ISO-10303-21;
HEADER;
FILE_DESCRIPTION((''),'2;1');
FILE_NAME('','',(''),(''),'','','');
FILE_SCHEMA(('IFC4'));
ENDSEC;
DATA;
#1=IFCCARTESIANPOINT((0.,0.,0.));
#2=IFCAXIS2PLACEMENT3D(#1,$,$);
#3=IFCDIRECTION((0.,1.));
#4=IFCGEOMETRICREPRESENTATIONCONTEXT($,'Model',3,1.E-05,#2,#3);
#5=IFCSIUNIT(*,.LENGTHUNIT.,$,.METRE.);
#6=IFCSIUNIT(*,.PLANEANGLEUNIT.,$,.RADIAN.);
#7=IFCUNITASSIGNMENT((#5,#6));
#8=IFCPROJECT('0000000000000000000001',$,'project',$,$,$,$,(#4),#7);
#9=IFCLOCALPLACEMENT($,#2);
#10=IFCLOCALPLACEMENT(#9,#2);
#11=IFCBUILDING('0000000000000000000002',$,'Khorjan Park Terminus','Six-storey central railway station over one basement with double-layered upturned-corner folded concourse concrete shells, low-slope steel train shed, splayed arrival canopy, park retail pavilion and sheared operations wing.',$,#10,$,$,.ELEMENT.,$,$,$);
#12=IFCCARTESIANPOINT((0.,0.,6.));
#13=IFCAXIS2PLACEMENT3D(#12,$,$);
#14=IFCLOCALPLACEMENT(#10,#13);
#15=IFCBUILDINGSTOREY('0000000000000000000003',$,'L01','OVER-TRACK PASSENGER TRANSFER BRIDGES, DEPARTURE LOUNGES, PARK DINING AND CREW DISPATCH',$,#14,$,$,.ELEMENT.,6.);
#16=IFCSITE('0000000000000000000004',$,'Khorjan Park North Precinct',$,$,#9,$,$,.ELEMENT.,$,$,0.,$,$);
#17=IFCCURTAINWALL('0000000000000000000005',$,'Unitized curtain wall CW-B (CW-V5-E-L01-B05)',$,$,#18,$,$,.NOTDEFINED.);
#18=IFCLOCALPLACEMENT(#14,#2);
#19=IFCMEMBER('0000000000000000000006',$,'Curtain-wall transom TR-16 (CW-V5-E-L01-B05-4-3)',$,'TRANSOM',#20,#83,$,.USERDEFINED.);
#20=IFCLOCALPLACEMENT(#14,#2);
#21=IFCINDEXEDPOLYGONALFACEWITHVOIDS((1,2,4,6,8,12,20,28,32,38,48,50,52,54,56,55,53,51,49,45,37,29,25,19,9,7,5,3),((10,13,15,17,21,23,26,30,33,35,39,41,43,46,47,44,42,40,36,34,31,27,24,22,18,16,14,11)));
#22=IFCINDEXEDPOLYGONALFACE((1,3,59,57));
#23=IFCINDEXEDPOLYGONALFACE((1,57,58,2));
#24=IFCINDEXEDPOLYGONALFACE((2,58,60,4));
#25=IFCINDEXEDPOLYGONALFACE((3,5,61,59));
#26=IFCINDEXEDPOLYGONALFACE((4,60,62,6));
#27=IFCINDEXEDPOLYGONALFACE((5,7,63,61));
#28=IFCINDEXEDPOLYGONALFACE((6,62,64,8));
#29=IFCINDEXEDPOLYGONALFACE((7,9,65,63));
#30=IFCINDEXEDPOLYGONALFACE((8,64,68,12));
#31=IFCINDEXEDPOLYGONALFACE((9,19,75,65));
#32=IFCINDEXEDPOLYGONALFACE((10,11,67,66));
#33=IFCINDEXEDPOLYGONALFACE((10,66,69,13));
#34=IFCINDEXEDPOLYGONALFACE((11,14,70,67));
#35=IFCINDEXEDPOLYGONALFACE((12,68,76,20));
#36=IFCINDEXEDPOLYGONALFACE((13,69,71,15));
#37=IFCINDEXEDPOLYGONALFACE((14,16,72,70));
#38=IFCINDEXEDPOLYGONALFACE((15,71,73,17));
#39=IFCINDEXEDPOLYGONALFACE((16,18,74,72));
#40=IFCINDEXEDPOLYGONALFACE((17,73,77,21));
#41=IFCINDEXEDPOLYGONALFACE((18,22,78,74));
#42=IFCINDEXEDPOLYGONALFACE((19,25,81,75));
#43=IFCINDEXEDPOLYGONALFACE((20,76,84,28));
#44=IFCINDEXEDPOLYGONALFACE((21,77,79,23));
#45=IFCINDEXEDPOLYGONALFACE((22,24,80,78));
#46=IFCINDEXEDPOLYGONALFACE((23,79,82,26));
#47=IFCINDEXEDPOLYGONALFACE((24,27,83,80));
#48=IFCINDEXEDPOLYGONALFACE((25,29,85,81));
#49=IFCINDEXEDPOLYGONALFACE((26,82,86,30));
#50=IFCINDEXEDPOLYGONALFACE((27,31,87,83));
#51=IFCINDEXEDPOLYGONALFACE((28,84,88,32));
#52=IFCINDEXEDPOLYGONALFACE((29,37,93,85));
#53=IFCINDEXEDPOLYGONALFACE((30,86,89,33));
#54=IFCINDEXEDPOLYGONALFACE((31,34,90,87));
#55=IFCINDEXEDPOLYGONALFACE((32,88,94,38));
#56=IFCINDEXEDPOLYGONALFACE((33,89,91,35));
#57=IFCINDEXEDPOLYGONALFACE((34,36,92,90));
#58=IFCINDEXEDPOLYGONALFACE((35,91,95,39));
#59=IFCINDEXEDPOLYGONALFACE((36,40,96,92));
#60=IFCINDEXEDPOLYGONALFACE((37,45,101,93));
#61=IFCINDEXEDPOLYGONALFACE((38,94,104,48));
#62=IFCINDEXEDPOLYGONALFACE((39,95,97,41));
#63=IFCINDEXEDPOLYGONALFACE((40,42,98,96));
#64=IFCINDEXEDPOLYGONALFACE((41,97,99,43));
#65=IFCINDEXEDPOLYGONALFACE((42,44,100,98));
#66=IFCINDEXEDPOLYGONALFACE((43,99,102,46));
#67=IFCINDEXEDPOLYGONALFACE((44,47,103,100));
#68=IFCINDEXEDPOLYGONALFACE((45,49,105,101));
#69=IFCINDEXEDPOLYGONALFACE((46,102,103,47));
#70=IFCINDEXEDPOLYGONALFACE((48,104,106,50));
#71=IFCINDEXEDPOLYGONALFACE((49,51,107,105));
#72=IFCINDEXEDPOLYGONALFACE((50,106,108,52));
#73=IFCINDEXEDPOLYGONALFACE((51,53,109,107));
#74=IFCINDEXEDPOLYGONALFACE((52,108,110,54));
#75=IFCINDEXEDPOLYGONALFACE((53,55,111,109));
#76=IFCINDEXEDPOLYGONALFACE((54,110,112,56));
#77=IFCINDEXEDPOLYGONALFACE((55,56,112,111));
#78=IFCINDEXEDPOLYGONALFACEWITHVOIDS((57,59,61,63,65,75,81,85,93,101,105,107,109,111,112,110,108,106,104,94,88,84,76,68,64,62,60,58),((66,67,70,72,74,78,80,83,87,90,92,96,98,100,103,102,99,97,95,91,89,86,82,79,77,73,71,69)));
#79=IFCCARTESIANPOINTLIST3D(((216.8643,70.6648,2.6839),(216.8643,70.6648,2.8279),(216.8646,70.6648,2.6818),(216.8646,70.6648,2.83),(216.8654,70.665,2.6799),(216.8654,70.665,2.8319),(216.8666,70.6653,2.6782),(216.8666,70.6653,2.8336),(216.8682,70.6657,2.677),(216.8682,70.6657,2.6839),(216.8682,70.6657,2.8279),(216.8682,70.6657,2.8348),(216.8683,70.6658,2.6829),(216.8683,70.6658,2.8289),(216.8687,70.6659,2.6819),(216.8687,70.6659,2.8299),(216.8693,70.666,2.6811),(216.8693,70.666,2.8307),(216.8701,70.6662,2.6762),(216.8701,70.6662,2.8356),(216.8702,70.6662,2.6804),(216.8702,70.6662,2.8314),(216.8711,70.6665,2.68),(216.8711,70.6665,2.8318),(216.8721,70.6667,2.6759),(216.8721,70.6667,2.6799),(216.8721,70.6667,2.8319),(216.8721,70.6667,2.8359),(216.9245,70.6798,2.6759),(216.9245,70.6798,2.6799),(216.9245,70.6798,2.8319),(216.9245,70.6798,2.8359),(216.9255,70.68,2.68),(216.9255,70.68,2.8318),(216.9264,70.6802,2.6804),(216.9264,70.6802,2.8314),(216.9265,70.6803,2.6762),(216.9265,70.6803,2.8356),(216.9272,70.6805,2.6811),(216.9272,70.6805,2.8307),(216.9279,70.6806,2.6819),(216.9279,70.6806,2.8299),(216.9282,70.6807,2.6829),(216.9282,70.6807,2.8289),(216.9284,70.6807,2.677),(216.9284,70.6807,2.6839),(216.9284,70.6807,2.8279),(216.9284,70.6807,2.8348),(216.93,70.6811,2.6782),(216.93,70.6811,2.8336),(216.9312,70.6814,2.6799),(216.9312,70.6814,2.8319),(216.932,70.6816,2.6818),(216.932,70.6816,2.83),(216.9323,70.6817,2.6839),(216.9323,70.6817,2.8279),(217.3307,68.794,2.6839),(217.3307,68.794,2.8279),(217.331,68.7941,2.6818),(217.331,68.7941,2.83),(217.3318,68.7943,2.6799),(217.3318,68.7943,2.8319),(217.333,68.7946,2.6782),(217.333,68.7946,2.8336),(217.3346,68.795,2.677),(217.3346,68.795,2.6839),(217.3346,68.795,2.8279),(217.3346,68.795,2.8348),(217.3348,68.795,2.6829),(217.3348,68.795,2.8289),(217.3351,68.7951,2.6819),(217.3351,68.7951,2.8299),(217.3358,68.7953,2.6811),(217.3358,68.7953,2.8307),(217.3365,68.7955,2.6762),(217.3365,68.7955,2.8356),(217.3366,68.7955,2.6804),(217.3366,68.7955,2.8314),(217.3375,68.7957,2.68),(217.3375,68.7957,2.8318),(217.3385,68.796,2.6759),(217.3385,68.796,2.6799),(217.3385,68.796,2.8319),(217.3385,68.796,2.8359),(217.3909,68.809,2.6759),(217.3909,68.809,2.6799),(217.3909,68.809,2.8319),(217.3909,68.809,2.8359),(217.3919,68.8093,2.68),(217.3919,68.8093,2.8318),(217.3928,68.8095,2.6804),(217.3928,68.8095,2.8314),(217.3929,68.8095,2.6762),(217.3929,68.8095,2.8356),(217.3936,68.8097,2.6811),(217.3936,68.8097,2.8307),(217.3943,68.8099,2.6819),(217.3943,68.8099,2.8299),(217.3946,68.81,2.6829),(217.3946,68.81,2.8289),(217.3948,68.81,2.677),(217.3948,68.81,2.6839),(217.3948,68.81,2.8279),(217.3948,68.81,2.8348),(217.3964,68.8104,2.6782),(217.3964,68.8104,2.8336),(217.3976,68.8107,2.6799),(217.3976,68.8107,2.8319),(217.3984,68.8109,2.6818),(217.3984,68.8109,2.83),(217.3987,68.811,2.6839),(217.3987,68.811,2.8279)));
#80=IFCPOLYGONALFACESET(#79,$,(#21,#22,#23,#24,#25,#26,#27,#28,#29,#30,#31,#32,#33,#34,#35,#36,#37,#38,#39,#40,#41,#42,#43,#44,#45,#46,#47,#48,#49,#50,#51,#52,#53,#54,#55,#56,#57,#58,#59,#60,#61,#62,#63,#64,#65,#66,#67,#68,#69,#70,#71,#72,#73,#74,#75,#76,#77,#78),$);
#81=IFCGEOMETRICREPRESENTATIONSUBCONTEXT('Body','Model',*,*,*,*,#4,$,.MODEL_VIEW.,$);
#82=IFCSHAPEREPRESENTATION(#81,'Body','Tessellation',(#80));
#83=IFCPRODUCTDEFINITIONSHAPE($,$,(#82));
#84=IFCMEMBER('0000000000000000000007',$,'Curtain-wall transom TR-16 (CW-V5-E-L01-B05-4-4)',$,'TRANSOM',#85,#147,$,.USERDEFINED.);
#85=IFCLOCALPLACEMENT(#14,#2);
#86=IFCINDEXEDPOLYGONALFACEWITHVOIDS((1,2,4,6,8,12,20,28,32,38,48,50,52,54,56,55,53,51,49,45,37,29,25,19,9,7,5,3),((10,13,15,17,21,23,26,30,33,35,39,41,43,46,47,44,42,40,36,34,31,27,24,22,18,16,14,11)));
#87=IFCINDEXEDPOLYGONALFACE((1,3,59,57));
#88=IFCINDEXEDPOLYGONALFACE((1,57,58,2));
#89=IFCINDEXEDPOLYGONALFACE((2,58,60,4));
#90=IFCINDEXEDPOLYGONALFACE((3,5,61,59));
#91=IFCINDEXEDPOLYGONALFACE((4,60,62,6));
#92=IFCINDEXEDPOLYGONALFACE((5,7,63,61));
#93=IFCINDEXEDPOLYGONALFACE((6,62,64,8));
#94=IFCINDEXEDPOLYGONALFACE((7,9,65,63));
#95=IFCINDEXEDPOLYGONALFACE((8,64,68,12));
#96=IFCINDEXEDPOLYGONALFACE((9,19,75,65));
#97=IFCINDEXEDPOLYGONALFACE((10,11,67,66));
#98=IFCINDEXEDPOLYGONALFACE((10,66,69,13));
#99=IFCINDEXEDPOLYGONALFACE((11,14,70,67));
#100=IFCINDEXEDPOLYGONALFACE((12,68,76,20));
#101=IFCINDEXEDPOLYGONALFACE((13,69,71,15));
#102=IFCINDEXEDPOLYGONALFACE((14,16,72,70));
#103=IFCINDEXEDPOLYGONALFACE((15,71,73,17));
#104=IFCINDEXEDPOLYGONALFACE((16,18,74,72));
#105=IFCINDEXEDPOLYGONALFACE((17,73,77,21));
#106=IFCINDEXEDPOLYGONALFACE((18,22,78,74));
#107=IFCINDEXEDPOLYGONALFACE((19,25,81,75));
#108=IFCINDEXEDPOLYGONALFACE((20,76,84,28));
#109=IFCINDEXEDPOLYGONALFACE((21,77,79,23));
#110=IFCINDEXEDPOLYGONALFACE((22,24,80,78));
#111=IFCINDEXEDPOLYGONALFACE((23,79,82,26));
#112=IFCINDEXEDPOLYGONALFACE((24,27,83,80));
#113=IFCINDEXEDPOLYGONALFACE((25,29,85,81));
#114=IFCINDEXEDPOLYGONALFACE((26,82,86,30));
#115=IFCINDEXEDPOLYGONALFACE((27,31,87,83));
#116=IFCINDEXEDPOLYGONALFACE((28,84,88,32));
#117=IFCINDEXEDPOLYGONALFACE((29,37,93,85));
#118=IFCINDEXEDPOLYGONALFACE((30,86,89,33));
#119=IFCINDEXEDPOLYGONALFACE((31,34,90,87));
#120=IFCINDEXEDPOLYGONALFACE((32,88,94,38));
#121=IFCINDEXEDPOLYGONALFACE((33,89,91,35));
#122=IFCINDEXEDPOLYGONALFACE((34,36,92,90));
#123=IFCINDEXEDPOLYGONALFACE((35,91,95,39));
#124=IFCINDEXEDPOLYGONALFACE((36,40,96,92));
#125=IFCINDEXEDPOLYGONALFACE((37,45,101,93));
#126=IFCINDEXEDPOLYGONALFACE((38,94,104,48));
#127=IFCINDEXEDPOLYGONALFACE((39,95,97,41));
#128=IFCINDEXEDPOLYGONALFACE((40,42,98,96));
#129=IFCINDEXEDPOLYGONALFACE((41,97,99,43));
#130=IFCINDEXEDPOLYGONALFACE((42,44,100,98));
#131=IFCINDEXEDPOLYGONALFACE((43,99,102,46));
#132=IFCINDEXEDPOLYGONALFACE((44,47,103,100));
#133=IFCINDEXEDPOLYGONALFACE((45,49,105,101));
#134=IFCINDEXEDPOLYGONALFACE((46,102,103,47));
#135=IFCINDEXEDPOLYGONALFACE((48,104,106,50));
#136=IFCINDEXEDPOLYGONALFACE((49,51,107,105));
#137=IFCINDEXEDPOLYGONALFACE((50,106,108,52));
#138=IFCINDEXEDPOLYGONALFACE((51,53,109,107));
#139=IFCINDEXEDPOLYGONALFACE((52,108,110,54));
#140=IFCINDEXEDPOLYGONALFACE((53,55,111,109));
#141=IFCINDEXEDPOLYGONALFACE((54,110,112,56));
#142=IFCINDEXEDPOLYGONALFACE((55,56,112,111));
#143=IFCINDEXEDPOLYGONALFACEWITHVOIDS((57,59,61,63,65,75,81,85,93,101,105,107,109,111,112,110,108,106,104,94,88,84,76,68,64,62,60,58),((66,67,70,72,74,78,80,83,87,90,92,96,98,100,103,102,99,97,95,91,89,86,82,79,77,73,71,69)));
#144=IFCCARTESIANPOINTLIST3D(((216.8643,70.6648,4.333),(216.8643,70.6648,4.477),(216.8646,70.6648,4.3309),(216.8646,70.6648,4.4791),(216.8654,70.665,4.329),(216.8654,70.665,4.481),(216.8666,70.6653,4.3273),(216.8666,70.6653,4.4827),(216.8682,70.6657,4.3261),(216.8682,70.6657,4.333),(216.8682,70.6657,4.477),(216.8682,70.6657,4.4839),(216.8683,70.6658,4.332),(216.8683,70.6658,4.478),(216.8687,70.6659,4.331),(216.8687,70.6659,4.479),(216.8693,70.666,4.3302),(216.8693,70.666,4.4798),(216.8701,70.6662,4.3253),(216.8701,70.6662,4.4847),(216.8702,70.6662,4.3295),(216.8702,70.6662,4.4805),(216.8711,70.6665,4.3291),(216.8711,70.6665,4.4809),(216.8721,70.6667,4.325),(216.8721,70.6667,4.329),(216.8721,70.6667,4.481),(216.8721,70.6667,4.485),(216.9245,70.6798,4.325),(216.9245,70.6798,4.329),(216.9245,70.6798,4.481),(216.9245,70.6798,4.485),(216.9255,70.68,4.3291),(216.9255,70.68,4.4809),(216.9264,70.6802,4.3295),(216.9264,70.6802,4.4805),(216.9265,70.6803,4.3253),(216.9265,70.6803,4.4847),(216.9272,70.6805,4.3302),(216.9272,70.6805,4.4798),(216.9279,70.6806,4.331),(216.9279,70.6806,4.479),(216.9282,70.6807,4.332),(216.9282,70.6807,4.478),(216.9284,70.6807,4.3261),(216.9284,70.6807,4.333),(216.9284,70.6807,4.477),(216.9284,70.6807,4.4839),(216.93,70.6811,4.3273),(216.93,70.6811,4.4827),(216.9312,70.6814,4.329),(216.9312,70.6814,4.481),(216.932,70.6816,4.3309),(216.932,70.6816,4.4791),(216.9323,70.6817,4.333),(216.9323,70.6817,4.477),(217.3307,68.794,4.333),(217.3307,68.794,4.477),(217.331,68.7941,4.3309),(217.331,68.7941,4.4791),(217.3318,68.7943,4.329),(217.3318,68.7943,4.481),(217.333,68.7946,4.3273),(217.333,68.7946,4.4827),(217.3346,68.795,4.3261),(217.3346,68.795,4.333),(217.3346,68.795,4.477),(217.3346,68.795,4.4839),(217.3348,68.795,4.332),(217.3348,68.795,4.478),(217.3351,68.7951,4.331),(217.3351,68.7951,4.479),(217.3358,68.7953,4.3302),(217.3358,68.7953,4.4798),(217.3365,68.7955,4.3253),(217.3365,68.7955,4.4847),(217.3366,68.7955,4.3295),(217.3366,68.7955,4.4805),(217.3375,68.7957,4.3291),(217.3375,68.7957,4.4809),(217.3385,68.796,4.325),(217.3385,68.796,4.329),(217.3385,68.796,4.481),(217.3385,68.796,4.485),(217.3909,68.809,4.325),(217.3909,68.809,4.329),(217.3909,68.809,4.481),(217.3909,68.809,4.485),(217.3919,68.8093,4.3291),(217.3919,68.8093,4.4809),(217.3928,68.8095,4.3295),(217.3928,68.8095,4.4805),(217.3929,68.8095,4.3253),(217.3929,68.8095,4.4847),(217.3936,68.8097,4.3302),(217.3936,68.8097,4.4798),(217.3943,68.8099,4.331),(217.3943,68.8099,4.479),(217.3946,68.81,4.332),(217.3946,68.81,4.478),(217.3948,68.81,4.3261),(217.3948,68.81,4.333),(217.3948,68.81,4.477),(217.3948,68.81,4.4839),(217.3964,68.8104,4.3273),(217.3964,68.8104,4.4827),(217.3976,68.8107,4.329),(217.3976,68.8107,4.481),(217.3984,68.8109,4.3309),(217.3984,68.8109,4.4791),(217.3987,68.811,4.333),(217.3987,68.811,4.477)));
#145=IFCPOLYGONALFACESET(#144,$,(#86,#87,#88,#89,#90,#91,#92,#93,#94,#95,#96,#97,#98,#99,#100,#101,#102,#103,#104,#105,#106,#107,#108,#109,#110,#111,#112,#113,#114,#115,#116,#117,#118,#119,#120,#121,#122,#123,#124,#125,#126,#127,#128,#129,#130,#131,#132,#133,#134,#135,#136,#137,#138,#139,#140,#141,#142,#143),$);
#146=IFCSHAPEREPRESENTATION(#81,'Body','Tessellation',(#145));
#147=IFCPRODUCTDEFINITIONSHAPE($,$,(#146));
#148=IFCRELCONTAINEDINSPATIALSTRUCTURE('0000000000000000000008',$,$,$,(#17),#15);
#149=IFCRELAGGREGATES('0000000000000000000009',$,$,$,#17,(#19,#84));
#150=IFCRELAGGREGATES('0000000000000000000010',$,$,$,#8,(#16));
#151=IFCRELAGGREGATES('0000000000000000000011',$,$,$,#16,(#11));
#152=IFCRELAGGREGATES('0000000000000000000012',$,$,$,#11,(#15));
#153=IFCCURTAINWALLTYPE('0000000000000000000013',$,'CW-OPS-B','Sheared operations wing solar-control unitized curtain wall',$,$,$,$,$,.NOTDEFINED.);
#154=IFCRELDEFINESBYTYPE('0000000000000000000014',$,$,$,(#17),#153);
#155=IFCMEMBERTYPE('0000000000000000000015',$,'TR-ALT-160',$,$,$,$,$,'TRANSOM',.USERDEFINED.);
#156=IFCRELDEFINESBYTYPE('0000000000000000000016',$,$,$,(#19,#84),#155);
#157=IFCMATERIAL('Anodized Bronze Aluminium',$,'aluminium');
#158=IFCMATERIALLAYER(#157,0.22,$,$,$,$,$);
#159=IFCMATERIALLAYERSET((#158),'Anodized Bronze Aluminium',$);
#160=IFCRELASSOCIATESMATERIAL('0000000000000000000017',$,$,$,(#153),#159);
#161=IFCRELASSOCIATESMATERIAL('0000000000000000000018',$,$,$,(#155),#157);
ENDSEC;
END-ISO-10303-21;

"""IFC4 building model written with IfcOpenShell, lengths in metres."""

from ifc_helpers import new_model, si_unit, direction, frame, origin, origin_2d, place, context, subcontext, project, spatial, hollow_rectangle, extrude, material, layer, layer_set, material_profile, profile_set, type_object, element, aggregate, save


model = new_model("IFC4")

# Units and contexts
model_context = context("Model", 3, precision=1e-05, world=origin(), true_north=direction((0.0, 1.0)))
body_context = subcontext(model_context, "Body", "Model", "MODEL_VIEW")
ifc_project = project(units=[si_unit("LENGTHUNIT", "METRE"), si_unit("PLANEANGLEUNIT", "RADIAN")], contexts=[model_context])

# Site, building, storey
site_placement = place(None, origin())
site = spatial("IfcSite", under=ifc_project, at=site_placement, Name="Khorjan Park North Precinct", CompositionType="ELEMENT", RefElevation=0.0)
building_placement = place(site_placement, origin())
building = spatial("IfcBuilding", under=site, at=building_placement, Name="Khorjan Park Terminus", Description="Six-storey central railway station over one basement with double-layered upturned-corner folded concourse concrete shells, low-slope steel train shed, splayed arrival canopy, park retail pavilion and sheared operations wing.", CompositionType="ELEMENT")
storey_placement = place(building_placement, frame((0.0, 0.0, 6.0)))
storey = spatial("IfcBuildingStorey", under=building, at=storey_placement, Name="L01", Description="OVER-TRACK PASSENGER TRANSFER BRIDGES, DEPARTURE LOUNGES, PARK DINING AND CREW DISPATCH", CompositionType="ELEMENT", Elevation=6.0)

# Curtain wall
ifc_material_1 = material(Name="Anodized Bronze Aluminium", Category="aluminium")
ifc_layer_1 = layer(ifc_material_1, 0.22)
ifc_layer_set_1 = layer_set([ifc_layer_1], Name="Anodized Bronze Aluminium")
curtain_wall_type = type_object("IfcCurtainWallType", Name="CW-OPS-B", Description="Sheared operations wing solar-control unitized curtain wall", PredefinedType="NOTDEFINED", material=ifc_layer_set_1)
curtain_wall_1_placement = place(storey_placement, origin())
curtain_wall_1 = element("IfcCurtainWall", 1, at=curtain_wall_1_placement, inside=storey, type_object=curtain_wall_type, Name="Unitized curtain wall CW-B (CW-V5-E-L01-B05)", PredefinedType="NOTDEFINED")

# Members
ifc_material_profile_1 = material_profile(ifc_material_1, hollow_rectangle(XDim=0.07, YDim=0.16, WallThickness=0.004, InnerFilletRadius=0.004, OuterFilletRadius=0.008, at=origin_2d()), Name="ALT 70x160x4")
ifc_profile_set_1 = profile_set([ifc_material_profile_1], Name="Anodized Bronze Aluminium")
member_type_1 = type_object("IfcMemberType", Name="TR-ALT-160", ElementType="TRANSOM", PredefinedType="USERDEFINED", material=ifc_profile_set_1)
member_1_placement = place(storey_placement, frame((217.3647, 68.8025, 2.7559), z_axis=(-0.241913, 0.970298, 0.0), x_axis=(-0.970298, -0.241913, 0.0)))
member_1 = element("IfcMember", 2, at=member_1_placement, type_object=member_type_1, Name="Curtain-wall transom TR-16 (CW-V5-E-L01-B05-4-3)", ObjectType="TRANSOM", PredefinedType="USERDEFINED", context=body_context, shape_type="SweptSolid", body=[
    extrude(hollow_rectangle(XDim=0.07, YDim=0.16, WallThickness=0.004, InnerFilletRadius=0.004, OuterFilletRadius=0.008, at=origin_2d()), origin(), (0.0, 0.0, 1.0), 1.928),
])
member_2_placement = place(storey_placement, frame((217.3647, 68.8025, 4.405), z_axis=(-0.241913, 0.970298, 0.0), x_axis=(-0.970298, -0.241913, 0.0)))
member_2 = element("IfcMember", 3, at=member_2_placement, type_object=member_type_1, Name="Curtain-wall transom TR-16 (CW-V5-E-L01-B05-4-4)", ObjectType="TRANSOM", PredefinedType="USERDEFINED", context=body_context, shape_type="SweptSolid", body=[
    extrude(hollow_rectangle(XDim=0.07, YDim=0.16, WallThickness=0.004, InnerFilletRadius=0.004, OuterFilletRadius=0.008, at=origin_2d()), origin(), (0.0, 0.0, 1.0), 1.928),
])

aggregate(curtain_wall_1, [member_1, member_2])

save(model, "model.ifc")
